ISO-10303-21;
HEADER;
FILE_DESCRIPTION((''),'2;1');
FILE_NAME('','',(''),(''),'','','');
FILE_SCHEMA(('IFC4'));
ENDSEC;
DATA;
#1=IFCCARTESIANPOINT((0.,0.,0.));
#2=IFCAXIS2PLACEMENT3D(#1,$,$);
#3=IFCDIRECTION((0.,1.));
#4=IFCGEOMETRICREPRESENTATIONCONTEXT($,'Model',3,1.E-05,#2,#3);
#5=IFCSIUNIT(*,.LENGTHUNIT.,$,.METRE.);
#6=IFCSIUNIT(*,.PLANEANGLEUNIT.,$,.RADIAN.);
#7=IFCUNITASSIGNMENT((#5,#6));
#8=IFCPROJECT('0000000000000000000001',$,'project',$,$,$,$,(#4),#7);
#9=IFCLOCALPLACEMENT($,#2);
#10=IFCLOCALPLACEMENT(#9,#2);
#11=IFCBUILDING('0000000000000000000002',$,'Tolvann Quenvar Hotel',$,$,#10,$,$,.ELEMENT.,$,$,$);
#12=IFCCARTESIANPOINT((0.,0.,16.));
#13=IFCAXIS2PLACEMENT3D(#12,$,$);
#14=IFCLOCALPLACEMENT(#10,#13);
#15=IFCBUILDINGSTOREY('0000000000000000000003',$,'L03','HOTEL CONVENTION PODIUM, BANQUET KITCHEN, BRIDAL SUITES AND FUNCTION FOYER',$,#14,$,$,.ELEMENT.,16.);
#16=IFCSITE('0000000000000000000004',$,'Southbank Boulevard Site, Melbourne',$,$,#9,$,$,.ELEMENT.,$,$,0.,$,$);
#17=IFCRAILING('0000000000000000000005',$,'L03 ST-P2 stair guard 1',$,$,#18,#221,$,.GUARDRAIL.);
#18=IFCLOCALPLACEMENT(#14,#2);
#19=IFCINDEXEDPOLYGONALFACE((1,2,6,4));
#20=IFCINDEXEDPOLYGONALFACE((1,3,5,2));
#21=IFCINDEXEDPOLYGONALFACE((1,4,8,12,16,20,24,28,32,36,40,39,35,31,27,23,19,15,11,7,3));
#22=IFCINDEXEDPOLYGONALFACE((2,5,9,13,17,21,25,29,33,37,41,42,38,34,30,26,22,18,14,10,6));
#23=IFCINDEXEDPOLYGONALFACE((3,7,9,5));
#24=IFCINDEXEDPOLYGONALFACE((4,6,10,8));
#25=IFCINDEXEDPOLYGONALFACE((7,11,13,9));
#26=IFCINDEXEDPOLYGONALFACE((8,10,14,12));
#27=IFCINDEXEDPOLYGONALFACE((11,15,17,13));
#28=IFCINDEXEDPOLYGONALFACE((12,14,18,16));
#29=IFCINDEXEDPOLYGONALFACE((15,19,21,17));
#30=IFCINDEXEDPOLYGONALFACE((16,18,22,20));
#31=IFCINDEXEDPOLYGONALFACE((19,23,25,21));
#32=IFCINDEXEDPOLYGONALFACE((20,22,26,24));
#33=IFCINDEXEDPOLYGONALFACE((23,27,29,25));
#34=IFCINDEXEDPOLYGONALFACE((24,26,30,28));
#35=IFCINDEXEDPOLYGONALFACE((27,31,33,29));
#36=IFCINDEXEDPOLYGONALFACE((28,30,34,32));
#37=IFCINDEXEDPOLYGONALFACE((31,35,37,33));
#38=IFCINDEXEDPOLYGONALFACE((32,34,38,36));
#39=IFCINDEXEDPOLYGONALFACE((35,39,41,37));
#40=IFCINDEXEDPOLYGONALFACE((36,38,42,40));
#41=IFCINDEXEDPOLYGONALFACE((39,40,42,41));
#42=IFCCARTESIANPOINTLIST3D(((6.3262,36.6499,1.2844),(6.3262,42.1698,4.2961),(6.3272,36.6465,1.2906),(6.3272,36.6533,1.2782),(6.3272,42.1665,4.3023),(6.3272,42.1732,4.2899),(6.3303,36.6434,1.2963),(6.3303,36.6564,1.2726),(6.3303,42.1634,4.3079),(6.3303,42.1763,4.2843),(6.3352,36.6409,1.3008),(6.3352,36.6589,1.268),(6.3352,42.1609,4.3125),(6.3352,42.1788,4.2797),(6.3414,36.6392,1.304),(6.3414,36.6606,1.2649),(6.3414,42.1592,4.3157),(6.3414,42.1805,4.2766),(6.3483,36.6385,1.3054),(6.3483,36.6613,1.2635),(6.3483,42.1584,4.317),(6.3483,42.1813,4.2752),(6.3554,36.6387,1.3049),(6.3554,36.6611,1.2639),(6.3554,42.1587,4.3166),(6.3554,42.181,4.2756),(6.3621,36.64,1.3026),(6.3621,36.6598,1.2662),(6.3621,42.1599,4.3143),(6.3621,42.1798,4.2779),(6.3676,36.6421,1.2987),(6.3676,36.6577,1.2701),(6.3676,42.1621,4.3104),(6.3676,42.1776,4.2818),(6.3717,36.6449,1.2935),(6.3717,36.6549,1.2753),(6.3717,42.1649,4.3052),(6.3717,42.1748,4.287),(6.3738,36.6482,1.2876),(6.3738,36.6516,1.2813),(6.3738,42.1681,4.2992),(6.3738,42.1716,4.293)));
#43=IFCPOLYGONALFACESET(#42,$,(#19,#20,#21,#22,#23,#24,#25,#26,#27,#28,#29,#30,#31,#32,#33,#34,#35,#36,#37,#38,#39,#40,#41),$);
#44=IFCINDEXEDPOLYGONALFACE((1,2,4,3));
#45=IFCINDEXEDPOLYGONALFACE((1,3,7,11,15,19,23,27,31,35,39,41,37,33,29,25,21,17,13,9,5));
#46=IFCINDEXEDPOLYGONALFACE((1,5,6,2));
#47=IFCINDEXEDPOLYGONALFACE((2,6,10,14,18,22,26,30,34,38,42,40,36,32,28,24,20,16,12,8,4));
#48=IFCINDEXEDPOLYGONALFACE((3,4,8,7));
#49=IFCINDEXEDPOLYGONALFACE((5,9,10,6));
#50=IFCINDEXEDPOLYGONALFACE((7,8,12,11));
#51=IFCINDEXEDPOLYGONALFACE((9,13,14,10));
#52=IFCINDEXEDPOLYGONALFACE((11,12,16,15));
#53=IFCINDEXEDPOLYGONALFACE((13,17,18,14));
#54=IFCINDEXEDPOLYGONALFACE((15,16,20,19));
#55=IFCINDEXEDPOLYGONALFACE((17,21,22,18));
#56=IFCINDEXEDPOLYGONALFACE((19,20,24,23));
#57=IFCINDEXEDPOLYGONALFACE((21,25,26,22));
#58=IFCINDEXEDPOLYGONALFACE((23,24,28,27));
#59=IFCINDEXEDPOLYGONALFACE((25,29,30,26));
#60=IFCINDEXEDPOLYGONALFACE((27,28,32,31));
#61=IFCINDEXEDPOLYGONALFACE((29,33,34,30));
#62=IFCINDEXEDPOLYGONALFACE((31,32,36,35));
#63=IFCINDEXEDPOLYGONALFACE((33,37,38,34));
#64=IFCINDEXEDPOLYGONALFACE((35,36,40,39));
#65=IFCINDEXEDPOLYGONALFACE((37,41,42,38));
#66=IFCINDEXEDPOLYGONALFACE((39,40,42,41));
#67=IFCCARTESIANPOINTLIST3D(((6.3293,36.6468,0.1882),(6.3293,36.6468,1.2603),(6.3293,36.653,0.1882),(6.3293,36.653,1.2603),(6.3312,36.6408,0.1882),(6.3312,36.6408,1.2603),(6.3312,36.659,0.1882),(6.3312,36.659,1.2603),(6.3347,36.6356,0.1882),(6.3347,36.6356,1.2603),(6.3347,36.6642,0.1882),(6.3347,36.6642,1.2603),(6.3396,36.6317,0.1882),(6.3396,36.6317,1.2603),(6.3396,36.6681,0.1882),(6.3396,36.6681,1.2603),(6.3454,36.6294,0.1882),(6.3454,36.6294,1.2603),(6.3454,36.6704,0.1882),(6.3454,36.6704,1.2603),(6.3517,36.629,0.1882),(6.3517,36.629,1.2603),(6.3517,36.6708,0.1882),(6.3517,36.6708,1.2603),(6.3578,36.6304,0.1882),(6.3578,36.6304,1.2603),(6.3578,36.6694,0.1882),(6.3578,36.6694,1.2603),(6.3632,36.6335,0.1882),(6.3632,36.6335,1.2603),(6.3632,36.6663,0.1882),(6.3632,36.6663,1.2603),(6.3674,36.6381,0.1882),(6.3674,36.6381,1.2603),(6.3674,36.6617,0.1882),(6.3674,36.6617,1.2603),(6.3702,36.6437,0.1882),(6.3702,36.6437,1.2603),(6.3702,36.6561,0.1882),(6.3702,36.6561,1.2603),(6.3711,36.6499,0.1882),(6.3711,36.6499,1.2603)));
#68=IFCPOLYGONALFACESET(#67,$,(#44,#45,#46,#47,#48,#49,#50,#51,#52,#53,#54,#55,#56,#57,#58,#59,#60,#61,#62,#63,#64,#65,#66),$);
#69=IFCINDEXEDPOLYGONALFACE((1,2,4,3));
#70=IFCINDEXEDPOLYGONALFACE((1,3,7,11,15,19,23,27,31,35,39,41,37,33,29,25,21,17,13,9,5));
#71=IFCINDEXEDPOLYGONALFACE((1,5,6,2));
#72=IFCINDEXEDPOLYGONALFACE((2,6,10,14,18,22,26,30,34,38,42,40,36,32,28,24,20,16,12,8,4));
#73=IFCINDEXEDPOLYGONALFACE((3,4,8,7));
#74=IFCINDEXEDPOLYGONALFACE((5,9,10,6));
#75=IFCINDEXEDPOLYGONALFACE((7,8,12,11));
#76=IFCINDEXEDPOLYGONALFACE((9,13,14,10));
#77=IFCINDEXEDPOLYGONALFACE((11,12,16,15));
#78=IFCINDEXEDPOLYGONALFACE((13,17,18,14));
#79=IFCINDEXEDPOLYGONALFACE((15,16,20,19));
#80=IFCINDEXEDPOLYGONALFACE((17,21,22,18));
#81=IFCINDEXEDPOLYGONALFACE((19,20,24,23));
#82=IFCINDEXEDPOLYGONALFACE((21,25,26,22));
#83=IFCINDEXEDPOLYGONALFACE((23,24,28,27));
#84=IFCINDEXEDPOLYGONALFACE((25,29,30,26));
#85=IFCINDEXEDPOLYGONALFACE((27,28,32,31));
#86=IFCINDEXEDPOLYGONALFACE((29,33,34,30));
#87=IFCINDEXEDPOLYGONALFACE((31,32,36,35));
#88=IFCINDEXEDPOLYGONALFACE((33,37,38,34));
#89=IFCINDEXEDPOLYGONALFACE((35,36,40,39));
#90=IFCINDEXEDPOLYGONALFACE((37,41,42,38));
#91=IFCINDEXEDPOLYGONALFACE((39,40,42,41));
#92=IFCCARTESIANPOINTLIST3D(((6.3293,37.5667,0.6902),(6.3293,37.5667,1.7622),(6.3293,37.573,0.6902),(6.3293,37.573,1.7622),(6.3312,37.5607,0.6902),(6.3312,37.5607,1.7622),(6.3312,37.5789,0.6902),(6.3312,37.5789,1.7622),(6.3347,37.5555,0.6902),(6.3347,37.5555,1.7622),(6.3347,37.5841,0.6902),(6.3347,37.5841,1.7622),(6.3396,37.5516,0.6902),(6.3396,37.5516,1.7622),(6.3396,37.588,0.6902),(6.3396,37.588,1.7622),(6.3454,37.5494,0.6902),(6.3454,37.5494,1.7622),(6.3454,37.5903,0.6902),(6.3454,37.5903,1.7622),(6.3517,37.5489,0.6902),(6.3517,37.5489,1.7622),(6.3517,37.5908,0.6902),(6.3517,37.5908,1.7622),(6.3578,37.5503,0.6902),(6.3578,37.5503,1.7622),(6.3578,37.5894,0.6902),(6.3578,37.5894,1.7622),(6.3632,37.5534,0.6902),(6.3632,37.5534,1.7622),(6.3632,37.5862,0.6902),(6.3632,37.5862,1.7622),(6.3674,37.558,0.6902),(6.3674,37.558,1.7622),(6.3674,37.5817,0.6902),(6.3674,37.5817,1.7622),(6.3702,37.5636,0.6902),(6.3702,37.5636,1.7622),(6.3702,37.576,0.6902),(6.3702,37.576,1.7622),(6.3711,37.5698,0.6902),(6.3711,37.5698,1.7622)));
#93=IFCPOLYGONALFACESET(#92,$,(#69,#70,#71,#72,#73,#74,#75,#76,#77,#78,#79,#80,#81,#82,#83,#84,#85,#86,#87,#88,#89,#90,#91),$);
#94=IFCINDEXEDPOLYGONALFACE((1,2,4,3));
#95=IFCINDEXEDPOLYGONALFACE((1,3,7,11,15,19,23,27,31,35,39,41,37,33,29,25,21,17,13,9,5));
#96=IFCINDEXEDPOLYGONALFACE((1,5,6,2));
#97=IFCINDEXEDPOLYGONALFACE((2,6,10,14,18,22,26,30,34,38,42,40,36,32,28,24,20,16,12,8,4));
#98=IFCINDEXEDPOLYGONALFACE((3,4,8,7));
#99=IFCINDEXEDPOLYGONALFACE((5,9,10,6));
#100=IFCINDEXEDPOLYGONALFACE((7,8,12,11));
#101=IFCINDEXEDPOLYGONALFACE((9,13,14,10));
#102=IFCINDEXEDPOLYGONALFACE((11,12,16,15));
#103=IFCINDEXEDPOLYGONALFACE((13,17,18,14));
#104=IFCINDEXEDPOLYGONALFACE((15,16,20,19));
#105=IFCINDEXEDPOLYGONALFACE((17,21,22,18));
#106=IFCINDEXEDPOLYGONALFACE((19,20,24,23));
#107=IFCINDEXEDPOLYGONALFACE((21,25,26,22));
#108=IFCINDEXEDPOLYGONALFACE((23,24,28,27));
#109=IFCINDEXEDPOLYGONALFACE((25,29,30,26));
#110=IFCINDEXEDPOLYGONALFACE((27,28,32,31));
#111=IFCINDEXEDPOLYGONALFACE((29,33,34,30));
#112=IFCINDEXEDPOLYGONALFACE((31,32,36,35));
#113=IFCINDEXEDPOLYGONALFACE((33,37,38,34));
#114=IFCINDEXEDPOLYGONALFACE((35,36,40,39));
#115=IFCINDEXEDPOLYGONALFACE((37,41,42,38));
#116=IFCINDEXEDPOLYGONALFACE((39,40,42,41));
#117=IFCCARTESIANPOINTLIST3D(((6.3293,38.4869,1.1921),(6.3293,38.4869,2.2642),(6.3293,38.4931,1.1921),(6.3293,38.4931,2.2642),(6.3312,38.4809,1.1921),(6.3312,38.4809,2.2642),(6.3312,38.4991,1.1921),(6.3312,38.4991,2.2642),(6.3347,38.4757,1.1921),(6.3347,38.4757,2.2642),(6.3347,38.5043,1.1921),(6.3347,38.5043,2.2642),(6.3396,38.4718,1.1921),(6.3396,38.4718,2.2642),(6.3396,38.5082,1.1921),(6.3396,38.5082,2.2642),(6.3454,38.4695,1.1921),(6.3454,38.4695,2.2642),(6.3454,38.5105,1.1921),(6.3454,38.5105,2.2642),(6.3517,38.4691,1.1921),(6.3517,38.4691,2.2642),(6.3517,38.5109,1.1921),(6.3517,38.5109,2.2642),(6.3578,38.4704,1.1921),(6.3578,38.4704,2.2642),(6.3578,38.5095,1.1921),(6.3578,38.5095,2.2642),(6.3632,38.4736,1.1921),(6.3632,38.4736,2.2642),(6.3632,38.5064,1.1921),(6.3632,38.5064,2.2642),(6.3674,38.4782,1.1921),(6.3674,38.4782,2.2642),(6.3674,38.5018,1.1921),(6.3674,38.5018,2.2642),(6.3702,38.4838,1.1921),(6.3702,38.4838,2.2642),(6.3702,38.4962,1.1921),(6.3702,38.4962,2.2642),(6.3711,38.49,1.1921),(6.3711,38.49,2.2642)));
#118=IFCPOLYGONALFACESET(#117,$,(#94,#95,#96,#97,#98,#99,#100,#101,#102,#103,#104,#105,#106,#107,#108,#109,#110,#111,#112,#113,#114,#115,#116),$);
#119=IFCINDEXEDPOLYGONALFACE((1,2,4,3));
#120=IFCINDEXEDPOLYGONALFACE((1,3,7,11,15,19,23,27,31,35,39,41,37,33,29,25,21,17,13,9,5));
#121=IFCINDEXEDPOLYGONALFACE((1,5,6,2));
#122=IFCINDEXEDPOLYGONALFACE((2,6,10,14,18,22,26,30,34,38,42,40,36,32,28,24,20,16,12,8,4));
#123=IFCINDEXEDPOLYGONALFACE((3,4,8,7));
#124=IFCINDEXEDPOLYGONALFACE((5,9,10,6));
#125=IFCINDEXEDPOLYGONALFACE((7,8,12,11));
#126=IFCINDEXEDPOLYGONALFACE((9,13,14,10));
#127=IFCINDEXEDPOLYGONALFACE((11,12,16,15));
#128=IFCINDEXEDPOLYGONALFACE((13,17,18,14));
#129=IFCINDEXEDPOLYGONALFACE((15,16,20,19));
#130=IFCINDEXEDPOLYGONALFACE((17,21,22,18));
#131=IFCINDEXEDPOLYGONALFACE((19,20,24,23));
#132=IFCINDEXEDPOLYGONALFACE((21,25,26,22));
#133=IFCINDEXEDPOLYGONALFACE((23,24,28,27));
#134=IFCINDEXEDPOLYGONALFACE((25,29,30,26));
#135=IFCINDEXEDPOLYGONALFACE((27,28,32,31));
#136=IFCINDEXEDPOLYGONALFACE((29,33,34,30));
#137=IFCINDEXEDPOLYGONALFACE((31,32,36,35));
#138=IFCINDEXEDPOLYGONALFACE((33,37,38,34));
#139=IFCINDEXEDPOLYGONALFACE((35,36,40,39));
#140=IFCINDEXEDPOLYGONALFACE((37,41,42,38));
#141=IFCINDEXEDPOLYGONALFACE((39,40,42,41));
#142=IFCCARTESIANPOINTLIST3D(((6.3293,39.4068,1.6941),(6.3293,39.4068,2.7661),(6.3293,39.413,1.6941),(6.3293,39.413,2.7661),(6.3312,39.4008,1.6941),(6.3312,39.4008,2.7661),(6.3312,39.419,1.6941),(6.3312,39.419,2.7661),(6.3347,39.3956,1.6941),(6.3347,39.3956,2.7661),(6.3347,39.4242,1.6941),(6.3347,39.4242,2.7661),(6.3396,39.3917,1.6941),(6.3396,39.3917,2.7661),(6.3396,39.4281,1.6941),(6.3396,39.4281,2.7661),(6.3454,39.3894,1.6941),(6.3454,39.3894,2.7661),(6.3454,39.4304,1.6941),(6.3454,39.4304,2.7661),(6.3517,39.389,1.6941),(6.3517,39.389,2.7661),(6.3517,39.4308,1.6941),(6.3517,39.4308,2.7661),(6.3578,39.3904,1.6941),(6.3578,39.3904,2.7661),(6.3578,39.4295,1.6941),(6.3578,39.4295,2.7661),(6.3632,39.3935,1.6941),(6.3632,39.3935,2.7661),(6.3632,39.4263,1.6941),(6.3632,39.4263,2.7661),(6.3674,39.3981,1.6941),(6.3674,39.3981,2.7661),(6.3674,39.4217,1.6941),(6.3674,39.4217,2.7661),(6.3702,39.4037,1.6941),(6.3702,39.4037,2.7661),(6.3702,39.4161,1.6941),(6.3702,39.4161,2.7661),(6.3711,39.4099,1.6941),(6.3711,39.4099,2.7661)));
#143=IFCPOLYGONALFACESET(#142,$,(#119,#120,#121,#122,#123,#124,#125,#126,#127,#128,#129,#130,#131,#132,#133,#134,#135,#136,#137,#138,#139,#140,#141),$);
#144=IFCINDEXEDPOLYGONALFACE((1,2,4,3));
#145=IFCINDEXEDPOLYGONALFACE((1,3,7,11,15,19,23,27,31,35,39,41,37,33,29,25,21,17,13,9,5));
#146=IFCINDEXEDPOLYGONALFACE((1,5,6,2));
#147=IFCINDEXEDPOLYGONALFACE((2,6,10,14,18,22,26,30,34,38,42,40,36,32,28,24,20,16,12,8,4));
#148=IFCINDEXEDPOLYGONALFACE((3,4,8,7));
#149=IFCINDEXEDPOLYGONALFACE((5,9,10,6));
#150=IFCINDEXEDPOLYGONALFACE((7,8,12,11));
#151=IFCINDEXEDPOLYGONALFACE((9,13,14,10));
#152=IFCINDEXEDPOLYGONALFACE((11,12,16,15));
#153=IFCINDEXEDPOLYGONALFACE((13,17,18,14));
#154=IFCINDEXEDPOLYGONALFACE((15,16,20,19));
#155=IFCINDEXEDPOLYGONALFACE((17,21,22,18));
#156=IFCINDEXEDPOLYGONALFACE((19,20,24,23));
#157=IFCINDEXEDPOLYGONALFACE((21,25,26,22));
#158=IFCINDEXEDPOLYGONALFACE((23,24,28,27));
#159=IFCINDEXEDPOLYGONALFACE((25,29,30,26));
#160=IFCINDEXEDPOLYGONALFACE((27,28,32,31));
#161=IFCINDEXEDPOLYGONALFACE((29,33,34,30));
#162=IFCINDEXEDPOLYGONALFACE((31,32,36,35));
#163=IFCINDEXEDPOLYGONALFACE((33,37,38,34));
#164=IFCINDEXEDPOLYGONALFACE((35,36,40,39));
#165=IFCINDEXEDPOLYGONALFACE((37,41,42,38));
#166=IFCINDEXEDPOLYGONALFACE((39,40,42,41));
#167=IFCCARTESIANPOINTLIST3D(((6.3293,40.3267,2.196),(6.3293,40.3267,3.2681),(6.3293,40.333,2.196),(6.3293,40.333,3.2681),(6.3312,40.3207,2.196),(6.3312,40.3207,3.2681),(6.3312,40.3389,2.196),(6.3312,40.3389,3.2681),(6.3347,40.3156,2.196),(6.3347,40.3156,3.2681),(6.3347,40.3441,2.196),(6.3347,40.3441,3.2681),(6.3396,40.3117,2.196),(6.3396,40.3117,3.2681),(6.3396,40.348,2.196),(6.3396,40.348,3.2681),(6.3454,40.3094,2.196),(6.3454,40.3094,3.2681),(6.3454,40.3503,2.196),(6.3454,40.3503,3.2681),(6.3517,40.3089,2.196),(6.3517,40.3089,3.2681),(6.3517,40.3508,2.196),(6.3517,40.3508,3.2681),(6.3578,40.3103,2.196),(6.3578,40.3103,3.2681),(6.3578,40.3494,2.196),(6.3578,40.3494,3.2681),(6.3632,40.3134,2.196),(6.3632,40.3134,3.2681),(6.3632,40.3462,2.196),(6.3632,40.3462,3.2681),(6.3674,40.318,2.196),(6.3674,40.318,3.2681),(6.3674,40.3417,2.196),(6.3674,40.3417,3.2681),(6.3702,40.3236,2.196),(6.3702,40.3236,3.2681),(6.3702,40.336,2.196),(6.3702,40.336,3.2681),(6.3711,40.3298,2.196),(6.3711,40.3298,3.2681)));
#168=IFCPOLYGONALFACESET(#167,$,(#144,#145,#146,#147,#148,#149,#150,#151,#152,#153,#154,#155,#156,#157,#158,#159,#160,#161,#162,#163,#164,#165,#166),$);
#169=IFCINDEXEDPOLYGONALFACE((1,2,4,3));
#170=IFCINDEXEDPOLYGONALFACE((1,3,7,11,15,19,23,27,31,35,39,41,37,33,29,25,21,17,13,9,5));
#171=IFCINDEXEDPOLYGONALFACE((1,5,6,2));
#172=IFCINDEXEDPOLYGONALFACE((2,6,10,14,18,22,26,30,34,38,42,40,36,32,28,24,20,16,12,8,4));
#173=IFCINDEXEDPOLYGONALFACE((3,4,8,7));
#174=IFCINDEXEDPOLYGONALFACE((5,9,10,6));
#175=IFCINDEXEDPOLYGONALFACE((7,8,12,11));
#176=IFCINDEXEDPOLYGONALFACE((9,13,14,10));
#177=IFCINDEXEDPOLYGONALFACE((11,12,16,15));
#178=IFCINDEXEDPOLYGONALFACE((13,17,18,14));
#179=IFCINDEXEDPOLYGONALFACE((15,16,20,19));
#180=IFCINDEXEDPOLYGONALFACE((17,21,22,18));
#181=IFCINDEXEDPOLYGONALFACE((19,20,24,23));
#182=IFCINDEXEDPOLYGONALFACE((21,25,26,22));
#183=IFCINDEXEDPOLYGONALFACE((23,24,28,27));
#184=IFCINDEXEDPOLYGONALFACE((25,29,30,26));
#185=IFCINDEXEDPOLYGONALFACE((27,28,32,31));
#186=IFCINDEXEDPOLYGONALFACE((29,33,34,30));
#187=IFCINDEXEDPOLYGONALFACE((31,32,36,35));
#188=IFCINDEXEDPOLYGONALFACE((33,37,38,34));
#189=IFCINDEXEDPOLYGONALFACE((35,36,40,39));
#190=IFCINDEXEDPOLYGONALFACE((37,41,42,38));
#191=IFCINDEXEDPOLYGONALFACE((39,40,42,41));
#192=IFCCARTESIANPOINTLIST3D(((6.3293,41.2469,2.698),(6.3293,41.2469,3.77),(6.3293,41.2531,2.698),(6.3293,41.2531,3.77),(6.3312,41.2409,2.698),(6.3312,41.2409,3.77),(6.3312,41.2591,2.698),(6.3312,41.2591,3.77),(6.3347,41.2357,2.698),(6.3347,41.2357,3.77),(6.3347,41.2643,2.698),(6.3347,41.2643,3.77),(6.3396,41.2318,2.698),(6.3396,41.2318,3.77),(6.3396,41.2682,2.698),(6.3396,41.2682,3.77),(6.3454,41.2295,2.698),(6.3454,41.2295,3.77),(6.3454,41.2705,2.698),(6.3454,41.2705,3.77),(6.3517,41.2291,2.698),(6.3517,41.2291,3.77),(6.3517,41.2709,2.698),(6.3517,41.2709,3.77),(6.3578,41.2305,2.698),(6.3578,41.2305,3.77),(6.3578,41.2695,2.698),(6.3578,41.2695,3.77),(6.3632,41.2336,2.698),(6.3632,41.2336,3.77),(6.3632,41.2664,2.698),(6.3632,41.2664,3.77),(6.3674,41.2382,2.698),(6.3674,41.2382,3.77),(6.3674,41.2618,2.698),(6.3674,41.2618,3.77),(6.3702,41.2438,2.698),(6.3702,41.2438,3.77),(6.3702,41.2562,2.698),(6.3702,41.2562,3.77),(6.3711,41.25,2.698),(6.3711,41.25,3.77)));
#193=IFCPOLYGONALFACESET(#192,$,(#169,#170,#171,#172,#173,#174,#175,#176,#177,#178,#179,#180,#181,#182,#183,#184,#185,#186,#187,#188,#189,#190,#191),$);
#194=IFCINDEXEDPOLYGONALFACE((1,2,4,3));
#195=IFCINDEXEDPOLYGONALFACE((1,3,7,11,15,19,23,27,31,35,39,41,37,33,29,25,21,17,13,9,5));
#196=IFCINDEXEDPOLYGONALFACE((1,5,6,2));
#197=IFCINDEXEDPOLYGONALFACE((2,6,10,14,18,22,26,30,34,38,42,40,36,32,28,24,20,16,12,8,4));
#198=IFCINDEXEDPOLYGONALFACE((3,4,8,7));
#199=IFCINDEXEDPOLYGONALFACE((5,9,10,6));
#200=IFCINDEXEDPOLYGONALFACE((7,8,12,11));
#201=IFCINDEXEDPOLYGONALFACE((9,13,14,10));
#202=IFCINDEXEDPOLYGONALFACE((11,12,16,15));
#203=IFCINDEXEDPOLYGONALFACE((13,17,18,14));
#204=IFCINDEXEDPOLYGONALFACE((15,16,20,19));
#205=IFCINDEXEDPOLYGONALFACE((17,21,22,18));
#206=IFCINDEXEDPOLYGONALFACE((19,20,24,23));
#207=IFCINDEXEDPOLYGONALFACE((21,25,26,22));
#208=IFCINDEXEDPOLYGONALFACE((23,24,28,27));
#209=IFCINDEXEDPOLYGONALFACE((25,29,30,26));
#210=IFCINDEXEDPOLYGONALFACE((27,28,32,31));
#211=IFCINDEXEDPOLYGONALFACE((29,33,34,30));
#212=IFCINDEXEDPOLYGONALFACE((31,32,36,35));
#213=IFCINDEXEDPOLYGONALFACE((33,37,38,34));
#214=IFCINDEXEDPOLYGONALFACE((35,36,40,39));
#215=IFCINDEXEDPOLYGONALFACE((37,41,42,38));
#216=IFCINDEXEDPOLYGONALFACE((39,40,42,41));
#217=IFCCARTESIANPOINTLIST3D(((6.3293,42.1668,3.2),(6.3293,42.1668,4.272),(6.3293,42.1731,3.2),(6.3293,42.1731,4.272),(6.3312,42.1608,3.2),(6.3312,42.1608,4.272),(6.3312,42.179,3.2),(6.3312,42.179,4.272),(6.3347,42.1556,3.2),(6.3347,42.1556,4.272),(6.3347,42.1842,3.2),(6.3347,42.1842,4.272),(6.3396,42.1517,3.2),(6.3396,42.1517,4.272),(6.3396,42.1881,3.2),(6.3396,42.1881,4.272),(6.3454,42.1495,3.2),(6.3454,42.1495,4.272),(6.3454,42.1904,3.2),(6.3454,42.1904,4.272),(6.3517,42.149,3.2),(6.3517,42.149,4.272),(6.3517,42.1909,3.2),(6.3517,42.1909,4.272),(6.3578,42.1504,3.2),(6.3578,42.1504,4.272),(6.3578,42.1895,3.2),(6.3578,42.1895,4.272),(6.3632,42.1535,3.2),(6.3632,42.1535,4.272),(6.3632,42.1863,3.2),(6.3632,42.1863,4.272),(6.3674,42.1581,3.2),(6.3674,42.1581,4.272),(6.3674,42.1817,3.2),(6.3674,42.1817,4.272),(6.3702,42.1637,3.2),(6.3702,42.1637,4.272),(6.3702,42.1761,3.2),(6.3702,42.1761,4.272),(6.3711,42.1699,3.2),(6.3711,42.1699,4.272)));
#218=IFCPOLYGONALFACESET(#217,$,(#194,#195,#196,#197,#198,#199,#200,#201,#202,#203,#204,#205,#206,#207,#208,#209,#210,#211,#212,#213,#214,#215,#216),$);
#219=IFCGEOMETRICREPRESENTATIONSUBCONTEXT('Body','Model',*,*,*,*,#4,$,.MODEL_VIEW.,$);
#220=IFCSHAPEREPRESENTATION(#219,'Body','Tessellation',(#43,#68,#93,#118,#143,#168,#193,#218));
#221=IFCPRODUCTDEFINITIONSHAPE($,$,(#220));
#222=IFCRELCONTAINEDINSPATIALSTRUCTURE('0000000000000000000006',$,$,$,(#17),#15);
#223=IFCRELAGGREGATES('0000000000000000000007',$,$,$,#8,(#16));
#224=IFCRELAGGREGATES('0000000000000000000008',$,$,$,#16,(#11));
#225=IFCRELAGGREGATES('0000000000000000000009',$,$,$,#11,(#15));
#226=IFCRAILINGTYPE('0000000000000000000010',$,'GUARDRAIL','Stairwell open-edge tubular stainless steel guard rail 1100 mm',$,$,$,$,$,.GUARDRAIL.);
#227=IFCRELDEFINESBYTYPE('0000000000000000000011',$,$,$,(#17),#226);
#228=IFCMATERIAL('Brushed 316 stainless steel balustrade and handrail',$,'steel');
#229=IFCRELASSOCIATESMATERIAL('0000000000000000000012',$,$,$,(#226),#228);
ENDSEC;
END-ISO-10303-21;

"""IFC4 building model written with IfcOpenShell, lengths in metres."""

from ifc_helpers import new_model, si_unit, direction, frame, origin, origin_2d, place, context, subcontext, project, spatial, circle, extrude, material, type_object, element, save


model = new_model("IFC4")

# Units and contexts
model_context = context("Model", 3, precision=1e-05, world=origin(), true_north=direction((0.0, 1.0)))
body_context = subcontext(model_context, "Body", "Model", "MODEL_VIEW")
ifc_project = project(units=[si_unit("LENGTHUNIT", "METRE"), si_unit("PLANEANGLEUNIT", "RADIAN")], contexts=[model_context])

# Site, building, storey
site_placement = place(None, origin())
site = spatial("IfcSite", under=ifc_project, at=site_placement, Name="Southbank Boulevard Site, Melbourne", CompositionType="ELEMENT", RefElevation=0.0)
building_placement = place(site_placement, origin())
building = spatial("IfcBuilding", under=site, at=building_placement, Name="Tolvann Quenvar Hotel", CompositionType="ELEMENT")
storey_placement = place(building_placement, frame((0.0, 0.0, 16.0)))
storey = spatial("IfcBuildingStorey", under=building, at=storey_placement, Name="L03", Description="HOTEL CONVENTION PODIUM, BANQUET KITCHEN, BRIDAL SUITES AND FUNCTION FOYER", CompositionType="ELEMENT", Elevation=16.0)

# Railing
ifc_material_1 = material(Name="Brushed 316 stainless steel balustrade and handrail", Category="steel")
railing_type_1 = type_object("IfcRailingType", Name="GUARDRAIL", Description="Stairwell open-edge tubular stainless steel guard rail 1100 mm", PredefinedType="GUARDRAIL", material=ifc_material_1)
railing_1_placement = place(storey_placement, frame((6.3501, 36.6499, 0.1882)))
element("IfcRailing", 1, at=railing_1_placement, inside=storey, type_object=railing_type_1, Name="L03 ST-P2 stair guard 1", PredefinedType="GUARDRAIL", context=body_context, shape_type="SweptSolid", body=[
    extrude(circle(Radius=0.0239, at=origin_2d()), frame((0.0, 0.0, 1.0962), z_axis=(0.0, 0.877842, 0.47895), x_axis=(-1.0, 0.0, 0.0)), (0.0, 0.0, 1.0), 6.2881),
    extrude(circle(Radius=0.021, at=origin_2d()), origin(), (0.0, 0.0, 1.0), 1.072),
    extrude(circle(Radius=0.021, at=origin_2d()), frame((0.0, 0.9199, 0.502)), (0.0, 0.0, 1.0), 1.072),
    extrude(circle(Radius=0.021, at=origin_2d()), frame((0.0, 1.8401, 1.0039)), (0.0, 0.0, 1.0), 1.072),
    extrude(circle(Radius=0.021, at=origin_2d()), frame((0.0, 2.76, 1.5059)), (0.0, 0.0, 1.0), 1.072),
    extrude(circle(Radius=0.021, at=origin_2d()), frame((0.0, 3.6799, 2.0078)), (0.0, 0.0, 1.0), 1.072),
    extrude(circle(Radius=0.021, at=origin_2d()), frame((0.0, 4.6001, 2.5098)), (0.0, 0.0, 1.0), 1.072),
    extrude(circle(Radius=0.021, at=origin_2d()), frame((0.0, 5.52, 3.0117)), (0.0, 0.0, 1.0), 1.072),
])

save(model, "model.ifc")
